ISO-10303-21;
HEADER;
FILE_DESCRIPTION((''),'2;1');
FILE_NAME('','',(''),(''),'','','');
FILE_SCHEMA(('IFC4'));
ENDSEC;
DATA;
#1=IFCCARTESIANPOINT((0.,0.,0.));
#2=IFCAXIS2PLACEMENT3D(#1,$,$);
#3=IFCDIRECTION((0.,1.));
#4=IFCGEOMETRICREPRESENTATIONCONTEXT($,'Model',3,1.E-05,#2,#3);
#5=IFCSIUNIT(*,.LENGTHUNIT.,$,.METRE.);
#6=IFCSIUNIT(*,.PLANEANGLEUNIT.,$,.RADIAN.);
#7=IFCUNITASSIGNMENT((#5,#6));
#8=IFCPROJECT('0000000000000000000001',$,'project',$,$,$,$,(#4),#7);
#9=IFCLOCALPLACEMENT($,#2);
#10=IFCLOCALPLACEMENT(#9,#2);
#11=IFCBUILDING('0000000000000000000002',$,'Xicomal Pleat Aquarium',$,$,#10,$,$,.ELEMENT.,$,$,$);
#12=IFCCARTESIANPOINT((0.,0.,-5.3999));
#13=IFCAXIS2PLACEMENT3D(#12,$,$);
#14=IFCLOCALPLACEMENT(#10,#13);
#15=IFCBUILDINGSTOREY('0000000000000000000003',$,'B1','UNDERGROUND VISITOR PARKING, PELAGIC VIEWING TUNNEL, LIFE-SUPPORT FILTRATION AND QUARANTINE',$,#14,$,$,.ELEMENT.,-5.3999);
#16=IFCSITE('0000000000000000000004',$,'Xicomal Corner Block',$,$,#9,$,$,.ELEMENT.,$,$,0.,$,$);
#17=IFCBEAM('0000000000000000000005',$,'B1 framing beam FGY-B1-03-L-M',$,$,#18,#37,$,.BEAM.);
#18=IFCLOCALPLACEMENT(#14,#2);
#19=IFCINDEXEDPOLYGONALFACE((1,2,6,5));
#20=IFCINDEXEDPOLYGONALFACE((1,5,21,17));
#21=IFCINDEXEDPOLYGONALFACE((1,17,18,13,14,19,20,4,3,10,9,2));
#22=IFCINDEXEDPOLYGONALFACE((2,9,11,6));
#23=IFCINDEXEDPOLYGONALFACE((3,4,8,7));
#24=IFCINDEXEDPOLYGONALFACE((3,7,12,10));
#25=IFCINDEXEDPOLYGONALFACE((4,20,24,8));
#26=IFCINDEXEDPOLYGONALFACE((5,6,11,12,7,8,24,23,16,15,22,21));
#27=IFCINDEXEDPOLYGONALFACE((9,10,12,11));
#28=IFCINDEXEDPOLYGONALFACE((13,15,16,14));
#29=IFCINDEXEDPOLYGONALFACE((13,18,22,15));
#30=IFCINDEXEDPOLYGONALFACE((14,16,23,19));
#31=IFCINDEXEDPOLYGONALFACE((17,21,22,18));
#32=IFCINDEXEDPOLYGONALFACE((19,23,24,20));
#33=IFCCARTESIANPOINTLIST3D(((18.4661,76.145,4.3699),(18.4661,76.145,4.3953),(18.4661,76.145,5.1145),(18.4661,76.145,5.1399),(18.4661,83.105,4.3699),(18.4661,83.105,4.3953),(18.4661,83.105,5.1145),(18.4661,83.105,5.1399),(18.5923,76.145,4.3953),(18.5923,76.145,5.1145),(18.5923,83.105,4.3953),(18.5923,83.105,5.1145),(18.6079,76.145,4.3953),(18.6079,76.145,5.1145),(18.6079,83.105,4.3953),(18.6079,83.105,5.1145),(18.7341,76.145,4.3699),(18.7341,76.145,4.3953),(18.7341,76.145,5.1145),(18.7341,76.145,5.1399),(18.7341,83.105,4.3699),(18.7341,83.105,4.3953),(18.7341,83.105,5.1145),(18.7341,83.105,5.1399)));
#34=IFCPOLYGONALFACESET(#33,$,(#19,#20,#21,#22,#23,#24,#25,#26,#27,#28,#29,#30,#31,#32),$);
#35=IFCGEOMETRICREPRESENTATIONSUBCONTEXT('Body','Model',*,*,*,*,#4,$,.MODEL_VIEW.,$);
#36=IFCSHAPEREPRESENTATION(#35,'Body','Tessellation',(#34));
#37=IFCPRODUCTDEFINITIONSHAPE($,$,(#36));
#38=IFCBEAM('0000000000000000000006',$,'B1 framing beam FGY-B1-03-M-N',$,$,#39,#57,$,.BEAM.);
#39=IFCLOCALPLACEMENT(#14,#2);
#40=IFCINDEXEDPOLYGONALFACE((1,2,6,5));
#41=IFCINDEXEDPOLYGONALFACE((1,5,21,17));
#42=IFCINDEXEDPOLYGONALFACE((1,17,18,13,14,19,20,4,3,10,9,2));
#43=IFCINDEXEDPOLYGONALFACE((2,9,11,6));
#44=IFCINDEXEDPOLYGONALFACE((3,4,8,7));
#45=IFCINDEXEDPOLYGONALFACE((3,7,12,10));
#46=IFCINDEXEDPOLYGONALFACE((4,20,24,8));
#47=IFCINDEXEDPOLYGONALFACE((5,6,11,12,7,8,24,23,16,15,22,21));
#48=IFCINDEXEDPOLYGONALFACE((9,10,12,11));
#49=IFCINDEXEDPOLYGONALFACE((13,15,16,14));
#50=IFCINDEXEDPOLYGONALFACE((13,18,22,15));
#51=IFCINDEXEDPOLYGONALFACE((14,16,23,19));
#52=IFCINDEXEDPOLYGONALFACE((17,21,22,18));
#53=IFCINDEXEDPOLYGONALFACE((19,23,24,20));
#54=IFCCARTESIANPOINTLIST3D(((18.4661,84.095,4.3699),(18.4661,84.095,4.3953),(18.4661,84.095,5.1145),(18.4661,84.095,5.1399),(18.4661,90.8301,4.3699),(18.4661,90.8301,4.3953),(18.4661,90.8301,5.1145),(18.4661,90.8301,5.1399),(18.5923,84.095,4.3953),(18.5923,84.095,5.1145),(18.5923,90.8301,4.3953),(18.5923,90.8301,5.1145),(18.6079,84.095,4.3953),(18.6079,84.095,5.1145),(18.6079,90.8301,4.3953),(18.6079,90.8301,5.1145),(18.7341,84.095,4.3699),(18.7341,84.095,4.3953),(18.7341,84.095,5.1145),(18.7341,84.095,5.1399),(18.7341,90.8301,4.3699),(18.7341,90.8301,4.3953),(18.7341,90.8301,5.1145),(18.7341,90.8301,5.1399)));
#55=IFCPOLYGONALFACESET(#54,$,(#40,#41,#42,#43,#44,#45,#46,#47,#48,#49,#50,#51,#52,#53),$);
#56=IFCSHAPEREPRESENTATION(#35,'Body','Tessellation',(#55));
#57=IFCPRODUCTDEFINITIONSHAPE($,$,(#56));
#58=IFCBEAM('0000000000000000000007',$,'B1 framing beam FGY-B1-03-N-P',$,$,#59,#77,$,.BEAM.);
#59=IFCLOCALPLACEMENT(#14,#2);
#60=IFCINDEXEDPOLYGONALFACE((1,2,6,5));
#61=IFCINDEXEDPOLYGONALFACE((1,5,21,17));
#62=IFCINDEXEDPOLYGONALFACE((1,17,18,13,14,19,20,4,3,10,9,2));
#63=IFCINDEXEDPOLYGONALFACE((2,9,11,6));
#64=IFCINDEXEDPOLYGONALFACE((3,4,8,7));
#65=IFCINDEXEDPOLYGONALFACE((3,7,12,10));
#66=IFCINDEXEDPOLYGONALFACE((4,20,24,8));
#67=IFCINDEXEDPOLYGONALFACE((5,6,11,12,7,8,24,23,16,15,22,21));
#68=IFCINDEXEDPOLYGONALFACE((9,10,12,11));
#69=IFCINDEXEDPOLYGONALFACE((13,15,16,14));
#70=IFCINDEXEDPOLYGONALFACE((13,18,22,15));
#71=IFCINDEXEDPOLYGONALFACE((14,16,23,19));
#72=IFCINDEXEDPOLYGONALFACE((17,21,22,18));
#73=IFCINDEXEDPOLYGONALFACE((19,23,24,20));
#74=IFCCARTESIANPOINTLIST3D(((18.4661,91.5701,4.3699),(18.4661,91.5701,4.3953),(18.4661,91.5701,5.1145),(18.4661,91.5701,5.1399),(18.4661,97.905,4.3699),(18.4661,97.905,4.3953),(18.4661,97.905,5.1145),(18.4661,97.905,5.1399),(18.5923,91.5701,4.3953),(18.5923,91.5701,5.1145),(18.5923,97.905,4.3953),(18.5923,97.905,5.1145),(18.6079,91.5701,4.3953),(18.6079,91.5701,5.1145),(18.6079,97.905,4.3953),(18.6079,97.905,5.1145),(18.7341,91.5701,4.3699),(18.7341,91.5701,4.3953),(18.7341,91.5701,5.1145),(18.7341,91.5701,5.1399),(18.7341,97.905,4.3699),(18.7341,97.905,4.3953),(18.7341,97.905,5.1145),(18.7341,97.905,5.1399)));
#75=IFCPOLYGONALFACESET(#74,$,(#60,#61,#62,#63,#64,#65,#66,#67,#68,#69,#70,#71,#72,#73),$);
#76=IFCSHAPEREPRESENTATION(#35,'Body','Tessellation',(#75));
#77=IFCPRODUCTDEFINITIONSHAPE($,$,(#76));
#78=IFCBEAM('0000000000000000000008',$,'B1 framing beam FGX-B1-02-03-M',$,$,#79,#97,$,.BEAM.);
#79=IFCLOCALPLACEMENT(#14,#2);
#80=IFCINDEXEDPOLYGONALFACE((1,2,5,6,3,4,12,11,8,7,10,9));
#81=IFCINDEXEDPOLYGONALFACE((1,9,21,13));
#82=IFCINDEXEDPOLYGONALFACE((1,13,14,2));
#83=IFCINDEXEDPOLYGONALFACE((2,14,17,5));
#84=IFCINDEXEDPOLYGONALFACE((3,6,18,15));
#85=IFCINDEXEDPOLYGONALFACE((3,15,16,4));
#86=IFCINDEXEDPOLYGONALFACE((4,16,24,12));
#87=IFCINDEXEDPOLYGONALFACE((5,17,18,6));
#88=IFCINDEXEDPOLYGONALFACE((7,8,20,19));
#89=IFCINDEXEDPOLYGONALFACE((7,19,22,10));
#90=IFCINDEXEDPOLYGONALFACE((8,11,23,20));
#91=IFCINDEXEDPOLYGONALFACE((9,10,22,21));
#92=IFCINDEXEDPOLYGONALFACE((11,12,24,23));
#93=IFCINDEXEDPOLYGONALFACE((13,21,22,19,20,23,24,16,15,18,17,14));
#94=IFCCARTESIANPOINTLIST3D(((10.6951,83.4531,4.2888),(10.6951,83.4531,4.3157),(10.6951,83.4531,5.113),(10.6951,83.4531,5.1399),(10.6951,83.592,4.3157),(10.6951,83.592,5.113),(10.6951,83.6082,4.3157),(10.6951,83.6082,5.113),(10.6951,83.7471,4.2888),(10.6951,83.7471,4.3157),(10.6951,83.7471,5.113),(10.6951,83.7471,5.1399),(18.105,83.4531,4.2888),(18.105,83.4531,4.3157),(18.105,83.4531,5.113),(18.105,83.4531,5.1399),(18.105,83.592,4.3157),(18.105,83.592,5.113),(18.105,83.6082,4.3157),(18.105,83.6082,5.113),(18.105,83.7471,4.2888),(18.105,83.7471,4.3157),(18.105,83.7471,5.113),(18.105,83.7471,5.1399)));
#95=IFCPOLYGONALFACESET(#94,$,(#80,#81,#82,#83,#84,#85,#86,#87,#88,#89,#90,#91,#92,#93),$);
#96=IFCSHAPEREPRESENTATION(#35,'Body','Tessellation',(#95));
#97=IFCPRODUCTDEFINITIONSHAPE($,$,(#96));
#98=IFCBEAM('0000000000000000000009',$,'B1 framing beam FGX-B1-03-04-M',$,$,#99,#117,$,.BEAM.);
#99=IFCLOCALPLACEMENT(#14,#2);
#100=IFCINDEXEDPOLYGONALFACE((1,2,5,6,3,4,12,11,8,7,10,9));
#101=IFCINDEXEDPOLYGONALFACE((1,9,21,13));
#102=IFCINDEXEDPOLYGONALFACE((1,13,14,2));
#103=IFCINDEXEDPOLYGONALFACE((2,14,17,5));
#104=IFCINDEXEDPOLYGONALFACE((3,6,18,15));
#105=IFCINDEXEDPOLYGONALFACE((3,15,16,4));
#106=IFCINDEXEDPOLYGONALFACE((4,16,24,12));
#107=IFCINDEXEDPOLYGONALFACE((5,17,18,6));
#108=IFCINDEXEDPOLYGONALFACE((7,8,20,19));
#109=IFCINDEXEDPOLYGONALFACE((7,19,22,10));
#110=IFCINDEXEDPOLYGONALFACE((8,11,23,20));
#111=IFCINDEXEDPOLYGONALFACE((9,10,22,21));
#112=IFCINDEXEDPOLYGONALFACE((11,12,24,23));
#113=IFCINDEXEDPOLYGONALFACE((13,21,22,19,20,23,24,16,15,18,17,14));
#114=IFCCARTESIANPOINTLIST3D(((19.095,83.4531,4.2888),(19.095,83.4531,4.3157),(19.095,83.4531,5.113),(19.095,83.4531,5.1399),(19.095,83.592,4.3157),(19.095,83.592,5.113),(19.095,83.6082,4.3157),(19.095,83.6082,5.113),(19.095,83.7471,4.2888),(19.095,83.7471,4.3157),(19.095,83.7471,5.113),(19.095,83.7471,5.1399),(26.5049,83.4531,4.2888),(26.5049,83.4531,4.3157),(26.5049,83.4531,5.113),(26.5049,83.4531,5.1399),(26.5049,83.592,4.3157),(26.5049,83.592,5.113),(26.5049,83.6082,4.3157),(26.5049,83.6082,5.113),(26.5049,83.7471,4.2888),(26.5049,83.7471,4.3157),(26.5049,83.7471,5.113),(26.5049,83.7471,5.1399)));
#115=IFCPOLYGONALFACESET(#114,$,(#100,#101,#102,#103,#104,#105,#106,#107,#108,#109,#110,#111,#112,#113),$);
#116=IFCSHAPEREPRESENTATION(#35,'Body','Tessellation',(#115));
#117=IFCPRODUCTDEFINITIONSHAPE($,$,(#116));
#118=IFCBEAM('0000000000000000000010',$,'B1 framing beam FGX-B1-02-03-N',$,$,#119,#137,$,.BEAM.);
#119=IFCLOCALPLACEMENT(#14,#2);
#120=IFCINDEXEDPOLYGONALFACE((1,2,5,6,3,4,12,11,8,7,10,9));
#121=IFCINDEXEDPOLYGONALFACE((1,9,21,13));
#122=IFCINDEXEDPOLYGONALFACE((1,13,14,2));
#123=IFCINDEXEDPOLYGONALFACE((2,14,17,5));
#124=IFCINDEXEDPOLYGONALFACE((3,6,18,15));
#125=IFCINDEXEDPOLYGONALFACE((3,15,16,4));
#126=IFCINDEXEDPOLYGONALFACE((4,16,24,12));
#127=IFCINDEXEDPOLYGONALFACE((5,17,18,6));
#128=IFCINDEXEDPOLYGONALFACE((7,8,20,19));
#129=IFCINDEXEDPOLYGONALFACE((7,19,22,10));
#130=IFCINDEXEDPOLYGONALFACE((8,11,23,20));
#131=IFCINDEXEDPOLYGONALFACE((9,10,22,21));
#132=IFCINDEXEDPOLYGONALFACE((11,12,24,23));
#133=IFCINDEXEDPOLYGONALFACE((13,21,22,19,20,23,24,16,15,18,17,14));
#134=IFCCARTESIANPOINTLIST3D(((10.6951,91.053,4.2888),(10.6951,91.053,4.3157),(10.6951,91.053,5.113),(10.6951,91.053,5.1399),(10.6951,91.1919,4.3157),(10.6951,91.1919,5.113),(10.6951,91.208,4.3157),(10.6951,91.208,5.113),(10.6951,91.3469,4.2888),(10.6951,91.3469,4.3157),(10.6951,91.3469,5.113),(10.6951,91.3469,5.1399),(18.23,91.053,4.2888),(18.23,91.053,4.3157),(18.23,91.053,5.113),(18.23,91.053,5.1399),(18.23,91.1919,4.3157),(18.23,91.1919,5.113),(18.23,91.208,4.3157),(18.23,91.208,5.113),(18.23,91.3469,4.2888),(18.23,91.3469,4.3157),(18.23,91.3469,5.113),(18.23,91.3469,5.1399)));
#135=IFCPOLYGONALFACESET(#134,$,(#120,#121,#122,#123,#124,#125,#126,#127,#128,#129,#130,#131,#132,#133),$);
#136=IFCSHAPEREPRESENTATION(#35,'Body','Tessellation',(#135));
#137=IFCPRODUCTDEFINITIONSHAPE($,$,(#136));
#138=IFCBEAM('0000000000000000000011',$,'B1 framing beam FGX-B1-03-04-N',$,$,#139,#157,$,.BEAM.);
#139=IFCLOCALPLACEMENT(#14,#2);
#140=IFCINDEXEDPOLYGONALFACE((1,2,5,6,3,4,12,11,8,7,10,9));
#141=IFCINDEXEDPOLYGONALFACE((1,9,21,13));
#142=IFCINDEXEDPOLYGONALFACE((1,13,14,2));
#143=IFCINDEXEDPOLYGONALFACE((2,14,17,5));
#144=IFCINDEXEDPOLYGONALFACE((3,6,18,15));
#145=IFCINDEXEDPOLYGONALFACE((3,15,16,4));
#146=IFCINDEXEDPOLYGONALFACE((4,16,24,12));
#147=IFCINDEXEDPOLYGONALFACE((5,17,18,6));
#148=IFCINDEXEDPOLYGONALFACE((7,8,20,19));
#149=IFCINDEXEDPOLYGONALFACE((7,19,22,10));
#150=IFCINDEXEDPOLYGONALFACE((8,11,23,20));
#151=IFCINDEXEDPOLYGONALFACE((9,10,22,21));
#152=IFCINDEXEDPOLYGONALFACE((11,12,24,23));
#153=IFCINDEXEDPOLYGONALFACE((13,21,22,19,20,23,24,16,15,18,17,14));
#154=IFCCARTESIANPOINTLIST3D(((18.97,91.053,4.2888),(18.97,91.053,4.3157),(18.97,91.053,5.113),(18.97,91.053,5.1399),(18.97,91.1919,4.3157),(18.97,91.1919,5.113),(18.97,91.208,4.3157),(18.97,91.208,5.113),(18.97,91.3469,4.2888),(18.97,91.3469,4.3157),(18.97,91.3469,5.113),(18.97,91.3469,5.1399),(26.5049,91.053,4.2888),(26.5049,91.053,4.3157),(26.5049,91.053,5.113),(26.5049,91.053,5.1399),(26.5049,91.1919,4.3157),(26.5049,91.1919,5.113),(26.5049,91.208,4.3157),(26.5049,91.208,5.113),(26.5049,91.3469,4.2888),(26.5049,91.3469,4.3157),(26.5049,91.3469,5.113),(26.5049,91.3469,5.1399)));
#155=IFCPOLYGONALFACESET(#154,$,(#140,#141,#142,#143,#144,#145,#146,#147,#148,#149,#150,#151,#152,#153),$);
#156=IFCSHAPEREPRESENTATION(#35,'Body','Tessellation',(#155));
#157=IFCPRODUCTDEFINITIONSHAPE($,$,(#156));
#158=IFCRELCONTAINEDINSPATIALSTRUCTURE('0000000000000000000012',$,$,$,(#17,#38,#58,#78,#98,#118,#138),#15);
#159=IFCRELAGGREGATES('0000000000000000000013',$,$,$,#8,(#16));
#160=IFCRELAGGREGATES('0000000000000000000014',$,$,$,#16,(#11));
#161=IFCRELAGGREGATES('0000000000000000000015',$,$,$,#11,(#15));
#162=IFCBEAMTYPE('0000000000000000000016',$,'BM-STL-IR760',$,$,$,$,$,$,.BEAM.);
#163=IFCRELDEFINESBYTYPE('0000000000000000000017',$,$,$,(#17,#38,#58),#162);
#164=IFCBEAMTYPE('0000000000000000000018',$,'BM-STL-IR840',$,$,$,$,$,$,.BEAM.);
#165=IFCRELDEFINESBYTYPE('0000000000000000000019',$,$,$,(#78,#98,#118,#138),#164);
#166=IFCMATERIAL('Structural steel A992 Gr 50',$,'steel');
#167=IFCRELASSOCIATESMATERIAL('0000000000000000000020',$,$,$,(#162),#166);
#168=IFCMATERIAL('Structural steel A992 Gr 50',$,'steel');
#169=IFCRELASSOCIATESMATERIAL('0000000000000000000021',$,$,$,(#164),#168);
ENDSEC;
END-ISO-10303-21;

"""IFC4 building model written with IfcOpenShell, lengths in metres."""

from ifc_helpers import new_model, si_unit, direction, frame, origin, origin_2d, place, context, subcontext, project, spatial, i_section, extrude, material, material_profile, profile_set, type_object, element, save


model = new_model("IFC4")

# Units and contexts
model_context = context("Model", 3, precision=1e-05, world=origin(), true_north=direction((0.0, 1.0)))
body_context = subcontext(model_context, "Body", "Model", "MODEL_VIEW")
ifc_project = project(units=[si_unit("LENGTHUNIT", "METRE"), si_unit("PLANEANGLEUNIT", "RADIAN")], contexts=[model_context])

# Site, building, storey
site_placement = place(None, origin())
site = spatial("IfcSite", under=ifc_project, at=site_placement, Name="Xicomal Corner Block", CompositionType="ELEMENT", RefElevation=0.0)
building_placement = place(site_placement, origin())
building = spatial("IfcBuilding", under=site, at=building_placement, Name="Xicomal Pleat Aquarium", CompositionType="ELEMENT")
storey_placement = place(building_placement, frame((0.0, 0.0, -5.3999)))
storey = spatial("IfcBuildingStorey", under=building, at=storey_placement, Name="B1", Description="UNDERGROUND VISITOR PARKING, PELAGIC VIEWING TUNNEL, LIFE-SUPPORT FILTRATION AND QUARANTINE", CompositionType="ELEMENT", Elevation=-5.3999)

# Beams
ifc_material_1 = material(Name="Structural steel A992 Gr 50", Category="steel")
ifc_material_profile_1 = material_profile(ifc_material_1, i_section(OverallWidth=0.2681, OverallDepth=0.77, WebThickness=0.0156, FlangeThickness=0.0254, at=origin_2d()), Name="IR 760x196")
ifc_profile_set_1 = profile_set([ifc_material_profile_1], Name="Structural steel A992 Gr 50")
beam_type_1 = type_object("IfcBeamType", Name="BM-STL-IR760", PredefinedType="BEAM", material=ifc_profile_set_1)
beam_1_placement = place(storey_placement, frame((18.6001, 76.145, 4.7549), z_axis=(0.0, 1.0, 0.0), x_axis=(-1.0, 0.0, 0.0)))
element("IfcBeam", 1, at=beam_1_placement, inside=storey, type_object=beam_type_1, Name="B1 framing beam FGY-B1-03-L-M", PredefinedType="BEAM", context=body_context, shape_type="SweptSolid", body=[
    extrude(i_section(OverallWidth=0.2681, OverallDepth=0.77, WebThickness=0.0156, FlangeThickness=0.0254, at=origin_2d()), origin(), (0.0, 0.0, 1.0), 6.96),
])
beam_2_placement = place(storey_placement, frame((18.6001, 84.095, 4.7549), z_axis=(0.0, 1.0, 0.0), x_axis=(-1.0, 0.0, 0.0)))
element("IfcBeam", 2, at=beam_2_placement, inside=storey, type_object=beam_type_1, Name="B1 framing beam FGY-B1-03-M-N", PredefinedType="BEAM", context=body_context, shape_type="SweptSolid", body=[
    extrude(i_section(OverallWidth=0.2681, OverallDepth=0.77, WebThickness=0.0156, FlangeThickness=0.0254, at=origin_2d()), origin(), (0.0, 0.0, 1.0), 6.7351),
])
beam_3_placement = place(storey_placement, frame((18.6001, 91.5701, 4.7549), z_axis=(0.0, 1.0, 0.0), x_axis=(-1.0, 0.0, 0.0)))
element("IfcBeam", 3, at=beam_3_placement, inside=storey, type_object=beam_type_1, Name="B1 framing beam FGY-B1-03-N-P", PredefinedType="BEAM", context=body_context, shape_type="SweptSolid", body=[
    extrude(i_section(OverallWidth=0.2681, OverallDepth=0.77, WebThickness=0.0156, FlangeThickness=0.0254, at=origin_2d()), origin(), (0.0, 0.0, 1.0), 6.335),
])
ifc_material_2 = material(Name="Structural steel A992 Gr 50", Category="steel")
ifc_material_profile_2 = material_profile(ifc_material_2, i_section(OverallWidth=0.2939, OverallDepth=0.8511, WebThickness=0.0161, FlangeThickness=0.0269, at=origin_2d()), Name="IR 840x226")
ifc_profile_set_2 = profile_set([ifc_material_profile_2], Name="Structural steel A992 Gr 50")
beam_type_2 = type_object("IfcBeamType", Name="BM-STL-IR840", PredefinedType="BEAM", material=ifc_profile_set_2)
for number, where, z_axis, x_axis, name in (
    (4, (10.6951, 83.6001, 4.7144), (1.0, 0.0, 0.0), (0.0, 1.0, 0.0), "B1 framing beam FGX-B1-02-03-M"),
    (5, (19.095, 83.6001, 4.7144), (1.0, 0.0, 0.0), (0.0, 1.0, 0.0), "B1 framing beam FGX-B1-03-04-M"),
):
    element("IfcBeam", number, at=place(storey_placement, frame(where, z_axis=z_axis, x_axis=x_axis)), inside=storey, type_object=beam_type_2, Name=name, PredefinedType="BEAM", context=body_context, shape_type="SweptSolid", body=[
        extrude(i_section(OverallWidth=0.2939, OverallDepth=0.8511, WebThickness=0.0161, FlangeThickness=0.0269, at=origin_2d()), origin(), (0.0, 0.0, 1.0), 7.4099),
    ])
for number, where, z_axis, x_axis, name in (
    (6, (10.6951, 91.2, 4.7144), (1.0, 0.0, 0.0), (0.0, 1.0, 0.0), "B1 framing beam FGX-B1-02-03-N"),
    (7, (18.97, 91.2, 4.7144), (1.0, 0.0, 0.0), (0.0, 1.0, 0.0), "B1 framing beam FGX-B1-03-04-N"),
):
    element("IfcBeam", number, at=place(storey_placement, frame(where, z_axis=z_axis, x_axis=x_axis)), inside=storey, type_object=beam_type_2, Name=name, PredefinedType="BEAM", context=body_context, shape_type="SweptSolid", body=[
        extrude(i_section(OverallWidth=0.2939, OverallDepth=0.8511, WebThickness=0.0161, FlangeThickness=0.0269, at=origin_2d()), origin(), (0.0, 0.0, 1.0), 7.5349),
    ])

save(model, "model.ifc")
